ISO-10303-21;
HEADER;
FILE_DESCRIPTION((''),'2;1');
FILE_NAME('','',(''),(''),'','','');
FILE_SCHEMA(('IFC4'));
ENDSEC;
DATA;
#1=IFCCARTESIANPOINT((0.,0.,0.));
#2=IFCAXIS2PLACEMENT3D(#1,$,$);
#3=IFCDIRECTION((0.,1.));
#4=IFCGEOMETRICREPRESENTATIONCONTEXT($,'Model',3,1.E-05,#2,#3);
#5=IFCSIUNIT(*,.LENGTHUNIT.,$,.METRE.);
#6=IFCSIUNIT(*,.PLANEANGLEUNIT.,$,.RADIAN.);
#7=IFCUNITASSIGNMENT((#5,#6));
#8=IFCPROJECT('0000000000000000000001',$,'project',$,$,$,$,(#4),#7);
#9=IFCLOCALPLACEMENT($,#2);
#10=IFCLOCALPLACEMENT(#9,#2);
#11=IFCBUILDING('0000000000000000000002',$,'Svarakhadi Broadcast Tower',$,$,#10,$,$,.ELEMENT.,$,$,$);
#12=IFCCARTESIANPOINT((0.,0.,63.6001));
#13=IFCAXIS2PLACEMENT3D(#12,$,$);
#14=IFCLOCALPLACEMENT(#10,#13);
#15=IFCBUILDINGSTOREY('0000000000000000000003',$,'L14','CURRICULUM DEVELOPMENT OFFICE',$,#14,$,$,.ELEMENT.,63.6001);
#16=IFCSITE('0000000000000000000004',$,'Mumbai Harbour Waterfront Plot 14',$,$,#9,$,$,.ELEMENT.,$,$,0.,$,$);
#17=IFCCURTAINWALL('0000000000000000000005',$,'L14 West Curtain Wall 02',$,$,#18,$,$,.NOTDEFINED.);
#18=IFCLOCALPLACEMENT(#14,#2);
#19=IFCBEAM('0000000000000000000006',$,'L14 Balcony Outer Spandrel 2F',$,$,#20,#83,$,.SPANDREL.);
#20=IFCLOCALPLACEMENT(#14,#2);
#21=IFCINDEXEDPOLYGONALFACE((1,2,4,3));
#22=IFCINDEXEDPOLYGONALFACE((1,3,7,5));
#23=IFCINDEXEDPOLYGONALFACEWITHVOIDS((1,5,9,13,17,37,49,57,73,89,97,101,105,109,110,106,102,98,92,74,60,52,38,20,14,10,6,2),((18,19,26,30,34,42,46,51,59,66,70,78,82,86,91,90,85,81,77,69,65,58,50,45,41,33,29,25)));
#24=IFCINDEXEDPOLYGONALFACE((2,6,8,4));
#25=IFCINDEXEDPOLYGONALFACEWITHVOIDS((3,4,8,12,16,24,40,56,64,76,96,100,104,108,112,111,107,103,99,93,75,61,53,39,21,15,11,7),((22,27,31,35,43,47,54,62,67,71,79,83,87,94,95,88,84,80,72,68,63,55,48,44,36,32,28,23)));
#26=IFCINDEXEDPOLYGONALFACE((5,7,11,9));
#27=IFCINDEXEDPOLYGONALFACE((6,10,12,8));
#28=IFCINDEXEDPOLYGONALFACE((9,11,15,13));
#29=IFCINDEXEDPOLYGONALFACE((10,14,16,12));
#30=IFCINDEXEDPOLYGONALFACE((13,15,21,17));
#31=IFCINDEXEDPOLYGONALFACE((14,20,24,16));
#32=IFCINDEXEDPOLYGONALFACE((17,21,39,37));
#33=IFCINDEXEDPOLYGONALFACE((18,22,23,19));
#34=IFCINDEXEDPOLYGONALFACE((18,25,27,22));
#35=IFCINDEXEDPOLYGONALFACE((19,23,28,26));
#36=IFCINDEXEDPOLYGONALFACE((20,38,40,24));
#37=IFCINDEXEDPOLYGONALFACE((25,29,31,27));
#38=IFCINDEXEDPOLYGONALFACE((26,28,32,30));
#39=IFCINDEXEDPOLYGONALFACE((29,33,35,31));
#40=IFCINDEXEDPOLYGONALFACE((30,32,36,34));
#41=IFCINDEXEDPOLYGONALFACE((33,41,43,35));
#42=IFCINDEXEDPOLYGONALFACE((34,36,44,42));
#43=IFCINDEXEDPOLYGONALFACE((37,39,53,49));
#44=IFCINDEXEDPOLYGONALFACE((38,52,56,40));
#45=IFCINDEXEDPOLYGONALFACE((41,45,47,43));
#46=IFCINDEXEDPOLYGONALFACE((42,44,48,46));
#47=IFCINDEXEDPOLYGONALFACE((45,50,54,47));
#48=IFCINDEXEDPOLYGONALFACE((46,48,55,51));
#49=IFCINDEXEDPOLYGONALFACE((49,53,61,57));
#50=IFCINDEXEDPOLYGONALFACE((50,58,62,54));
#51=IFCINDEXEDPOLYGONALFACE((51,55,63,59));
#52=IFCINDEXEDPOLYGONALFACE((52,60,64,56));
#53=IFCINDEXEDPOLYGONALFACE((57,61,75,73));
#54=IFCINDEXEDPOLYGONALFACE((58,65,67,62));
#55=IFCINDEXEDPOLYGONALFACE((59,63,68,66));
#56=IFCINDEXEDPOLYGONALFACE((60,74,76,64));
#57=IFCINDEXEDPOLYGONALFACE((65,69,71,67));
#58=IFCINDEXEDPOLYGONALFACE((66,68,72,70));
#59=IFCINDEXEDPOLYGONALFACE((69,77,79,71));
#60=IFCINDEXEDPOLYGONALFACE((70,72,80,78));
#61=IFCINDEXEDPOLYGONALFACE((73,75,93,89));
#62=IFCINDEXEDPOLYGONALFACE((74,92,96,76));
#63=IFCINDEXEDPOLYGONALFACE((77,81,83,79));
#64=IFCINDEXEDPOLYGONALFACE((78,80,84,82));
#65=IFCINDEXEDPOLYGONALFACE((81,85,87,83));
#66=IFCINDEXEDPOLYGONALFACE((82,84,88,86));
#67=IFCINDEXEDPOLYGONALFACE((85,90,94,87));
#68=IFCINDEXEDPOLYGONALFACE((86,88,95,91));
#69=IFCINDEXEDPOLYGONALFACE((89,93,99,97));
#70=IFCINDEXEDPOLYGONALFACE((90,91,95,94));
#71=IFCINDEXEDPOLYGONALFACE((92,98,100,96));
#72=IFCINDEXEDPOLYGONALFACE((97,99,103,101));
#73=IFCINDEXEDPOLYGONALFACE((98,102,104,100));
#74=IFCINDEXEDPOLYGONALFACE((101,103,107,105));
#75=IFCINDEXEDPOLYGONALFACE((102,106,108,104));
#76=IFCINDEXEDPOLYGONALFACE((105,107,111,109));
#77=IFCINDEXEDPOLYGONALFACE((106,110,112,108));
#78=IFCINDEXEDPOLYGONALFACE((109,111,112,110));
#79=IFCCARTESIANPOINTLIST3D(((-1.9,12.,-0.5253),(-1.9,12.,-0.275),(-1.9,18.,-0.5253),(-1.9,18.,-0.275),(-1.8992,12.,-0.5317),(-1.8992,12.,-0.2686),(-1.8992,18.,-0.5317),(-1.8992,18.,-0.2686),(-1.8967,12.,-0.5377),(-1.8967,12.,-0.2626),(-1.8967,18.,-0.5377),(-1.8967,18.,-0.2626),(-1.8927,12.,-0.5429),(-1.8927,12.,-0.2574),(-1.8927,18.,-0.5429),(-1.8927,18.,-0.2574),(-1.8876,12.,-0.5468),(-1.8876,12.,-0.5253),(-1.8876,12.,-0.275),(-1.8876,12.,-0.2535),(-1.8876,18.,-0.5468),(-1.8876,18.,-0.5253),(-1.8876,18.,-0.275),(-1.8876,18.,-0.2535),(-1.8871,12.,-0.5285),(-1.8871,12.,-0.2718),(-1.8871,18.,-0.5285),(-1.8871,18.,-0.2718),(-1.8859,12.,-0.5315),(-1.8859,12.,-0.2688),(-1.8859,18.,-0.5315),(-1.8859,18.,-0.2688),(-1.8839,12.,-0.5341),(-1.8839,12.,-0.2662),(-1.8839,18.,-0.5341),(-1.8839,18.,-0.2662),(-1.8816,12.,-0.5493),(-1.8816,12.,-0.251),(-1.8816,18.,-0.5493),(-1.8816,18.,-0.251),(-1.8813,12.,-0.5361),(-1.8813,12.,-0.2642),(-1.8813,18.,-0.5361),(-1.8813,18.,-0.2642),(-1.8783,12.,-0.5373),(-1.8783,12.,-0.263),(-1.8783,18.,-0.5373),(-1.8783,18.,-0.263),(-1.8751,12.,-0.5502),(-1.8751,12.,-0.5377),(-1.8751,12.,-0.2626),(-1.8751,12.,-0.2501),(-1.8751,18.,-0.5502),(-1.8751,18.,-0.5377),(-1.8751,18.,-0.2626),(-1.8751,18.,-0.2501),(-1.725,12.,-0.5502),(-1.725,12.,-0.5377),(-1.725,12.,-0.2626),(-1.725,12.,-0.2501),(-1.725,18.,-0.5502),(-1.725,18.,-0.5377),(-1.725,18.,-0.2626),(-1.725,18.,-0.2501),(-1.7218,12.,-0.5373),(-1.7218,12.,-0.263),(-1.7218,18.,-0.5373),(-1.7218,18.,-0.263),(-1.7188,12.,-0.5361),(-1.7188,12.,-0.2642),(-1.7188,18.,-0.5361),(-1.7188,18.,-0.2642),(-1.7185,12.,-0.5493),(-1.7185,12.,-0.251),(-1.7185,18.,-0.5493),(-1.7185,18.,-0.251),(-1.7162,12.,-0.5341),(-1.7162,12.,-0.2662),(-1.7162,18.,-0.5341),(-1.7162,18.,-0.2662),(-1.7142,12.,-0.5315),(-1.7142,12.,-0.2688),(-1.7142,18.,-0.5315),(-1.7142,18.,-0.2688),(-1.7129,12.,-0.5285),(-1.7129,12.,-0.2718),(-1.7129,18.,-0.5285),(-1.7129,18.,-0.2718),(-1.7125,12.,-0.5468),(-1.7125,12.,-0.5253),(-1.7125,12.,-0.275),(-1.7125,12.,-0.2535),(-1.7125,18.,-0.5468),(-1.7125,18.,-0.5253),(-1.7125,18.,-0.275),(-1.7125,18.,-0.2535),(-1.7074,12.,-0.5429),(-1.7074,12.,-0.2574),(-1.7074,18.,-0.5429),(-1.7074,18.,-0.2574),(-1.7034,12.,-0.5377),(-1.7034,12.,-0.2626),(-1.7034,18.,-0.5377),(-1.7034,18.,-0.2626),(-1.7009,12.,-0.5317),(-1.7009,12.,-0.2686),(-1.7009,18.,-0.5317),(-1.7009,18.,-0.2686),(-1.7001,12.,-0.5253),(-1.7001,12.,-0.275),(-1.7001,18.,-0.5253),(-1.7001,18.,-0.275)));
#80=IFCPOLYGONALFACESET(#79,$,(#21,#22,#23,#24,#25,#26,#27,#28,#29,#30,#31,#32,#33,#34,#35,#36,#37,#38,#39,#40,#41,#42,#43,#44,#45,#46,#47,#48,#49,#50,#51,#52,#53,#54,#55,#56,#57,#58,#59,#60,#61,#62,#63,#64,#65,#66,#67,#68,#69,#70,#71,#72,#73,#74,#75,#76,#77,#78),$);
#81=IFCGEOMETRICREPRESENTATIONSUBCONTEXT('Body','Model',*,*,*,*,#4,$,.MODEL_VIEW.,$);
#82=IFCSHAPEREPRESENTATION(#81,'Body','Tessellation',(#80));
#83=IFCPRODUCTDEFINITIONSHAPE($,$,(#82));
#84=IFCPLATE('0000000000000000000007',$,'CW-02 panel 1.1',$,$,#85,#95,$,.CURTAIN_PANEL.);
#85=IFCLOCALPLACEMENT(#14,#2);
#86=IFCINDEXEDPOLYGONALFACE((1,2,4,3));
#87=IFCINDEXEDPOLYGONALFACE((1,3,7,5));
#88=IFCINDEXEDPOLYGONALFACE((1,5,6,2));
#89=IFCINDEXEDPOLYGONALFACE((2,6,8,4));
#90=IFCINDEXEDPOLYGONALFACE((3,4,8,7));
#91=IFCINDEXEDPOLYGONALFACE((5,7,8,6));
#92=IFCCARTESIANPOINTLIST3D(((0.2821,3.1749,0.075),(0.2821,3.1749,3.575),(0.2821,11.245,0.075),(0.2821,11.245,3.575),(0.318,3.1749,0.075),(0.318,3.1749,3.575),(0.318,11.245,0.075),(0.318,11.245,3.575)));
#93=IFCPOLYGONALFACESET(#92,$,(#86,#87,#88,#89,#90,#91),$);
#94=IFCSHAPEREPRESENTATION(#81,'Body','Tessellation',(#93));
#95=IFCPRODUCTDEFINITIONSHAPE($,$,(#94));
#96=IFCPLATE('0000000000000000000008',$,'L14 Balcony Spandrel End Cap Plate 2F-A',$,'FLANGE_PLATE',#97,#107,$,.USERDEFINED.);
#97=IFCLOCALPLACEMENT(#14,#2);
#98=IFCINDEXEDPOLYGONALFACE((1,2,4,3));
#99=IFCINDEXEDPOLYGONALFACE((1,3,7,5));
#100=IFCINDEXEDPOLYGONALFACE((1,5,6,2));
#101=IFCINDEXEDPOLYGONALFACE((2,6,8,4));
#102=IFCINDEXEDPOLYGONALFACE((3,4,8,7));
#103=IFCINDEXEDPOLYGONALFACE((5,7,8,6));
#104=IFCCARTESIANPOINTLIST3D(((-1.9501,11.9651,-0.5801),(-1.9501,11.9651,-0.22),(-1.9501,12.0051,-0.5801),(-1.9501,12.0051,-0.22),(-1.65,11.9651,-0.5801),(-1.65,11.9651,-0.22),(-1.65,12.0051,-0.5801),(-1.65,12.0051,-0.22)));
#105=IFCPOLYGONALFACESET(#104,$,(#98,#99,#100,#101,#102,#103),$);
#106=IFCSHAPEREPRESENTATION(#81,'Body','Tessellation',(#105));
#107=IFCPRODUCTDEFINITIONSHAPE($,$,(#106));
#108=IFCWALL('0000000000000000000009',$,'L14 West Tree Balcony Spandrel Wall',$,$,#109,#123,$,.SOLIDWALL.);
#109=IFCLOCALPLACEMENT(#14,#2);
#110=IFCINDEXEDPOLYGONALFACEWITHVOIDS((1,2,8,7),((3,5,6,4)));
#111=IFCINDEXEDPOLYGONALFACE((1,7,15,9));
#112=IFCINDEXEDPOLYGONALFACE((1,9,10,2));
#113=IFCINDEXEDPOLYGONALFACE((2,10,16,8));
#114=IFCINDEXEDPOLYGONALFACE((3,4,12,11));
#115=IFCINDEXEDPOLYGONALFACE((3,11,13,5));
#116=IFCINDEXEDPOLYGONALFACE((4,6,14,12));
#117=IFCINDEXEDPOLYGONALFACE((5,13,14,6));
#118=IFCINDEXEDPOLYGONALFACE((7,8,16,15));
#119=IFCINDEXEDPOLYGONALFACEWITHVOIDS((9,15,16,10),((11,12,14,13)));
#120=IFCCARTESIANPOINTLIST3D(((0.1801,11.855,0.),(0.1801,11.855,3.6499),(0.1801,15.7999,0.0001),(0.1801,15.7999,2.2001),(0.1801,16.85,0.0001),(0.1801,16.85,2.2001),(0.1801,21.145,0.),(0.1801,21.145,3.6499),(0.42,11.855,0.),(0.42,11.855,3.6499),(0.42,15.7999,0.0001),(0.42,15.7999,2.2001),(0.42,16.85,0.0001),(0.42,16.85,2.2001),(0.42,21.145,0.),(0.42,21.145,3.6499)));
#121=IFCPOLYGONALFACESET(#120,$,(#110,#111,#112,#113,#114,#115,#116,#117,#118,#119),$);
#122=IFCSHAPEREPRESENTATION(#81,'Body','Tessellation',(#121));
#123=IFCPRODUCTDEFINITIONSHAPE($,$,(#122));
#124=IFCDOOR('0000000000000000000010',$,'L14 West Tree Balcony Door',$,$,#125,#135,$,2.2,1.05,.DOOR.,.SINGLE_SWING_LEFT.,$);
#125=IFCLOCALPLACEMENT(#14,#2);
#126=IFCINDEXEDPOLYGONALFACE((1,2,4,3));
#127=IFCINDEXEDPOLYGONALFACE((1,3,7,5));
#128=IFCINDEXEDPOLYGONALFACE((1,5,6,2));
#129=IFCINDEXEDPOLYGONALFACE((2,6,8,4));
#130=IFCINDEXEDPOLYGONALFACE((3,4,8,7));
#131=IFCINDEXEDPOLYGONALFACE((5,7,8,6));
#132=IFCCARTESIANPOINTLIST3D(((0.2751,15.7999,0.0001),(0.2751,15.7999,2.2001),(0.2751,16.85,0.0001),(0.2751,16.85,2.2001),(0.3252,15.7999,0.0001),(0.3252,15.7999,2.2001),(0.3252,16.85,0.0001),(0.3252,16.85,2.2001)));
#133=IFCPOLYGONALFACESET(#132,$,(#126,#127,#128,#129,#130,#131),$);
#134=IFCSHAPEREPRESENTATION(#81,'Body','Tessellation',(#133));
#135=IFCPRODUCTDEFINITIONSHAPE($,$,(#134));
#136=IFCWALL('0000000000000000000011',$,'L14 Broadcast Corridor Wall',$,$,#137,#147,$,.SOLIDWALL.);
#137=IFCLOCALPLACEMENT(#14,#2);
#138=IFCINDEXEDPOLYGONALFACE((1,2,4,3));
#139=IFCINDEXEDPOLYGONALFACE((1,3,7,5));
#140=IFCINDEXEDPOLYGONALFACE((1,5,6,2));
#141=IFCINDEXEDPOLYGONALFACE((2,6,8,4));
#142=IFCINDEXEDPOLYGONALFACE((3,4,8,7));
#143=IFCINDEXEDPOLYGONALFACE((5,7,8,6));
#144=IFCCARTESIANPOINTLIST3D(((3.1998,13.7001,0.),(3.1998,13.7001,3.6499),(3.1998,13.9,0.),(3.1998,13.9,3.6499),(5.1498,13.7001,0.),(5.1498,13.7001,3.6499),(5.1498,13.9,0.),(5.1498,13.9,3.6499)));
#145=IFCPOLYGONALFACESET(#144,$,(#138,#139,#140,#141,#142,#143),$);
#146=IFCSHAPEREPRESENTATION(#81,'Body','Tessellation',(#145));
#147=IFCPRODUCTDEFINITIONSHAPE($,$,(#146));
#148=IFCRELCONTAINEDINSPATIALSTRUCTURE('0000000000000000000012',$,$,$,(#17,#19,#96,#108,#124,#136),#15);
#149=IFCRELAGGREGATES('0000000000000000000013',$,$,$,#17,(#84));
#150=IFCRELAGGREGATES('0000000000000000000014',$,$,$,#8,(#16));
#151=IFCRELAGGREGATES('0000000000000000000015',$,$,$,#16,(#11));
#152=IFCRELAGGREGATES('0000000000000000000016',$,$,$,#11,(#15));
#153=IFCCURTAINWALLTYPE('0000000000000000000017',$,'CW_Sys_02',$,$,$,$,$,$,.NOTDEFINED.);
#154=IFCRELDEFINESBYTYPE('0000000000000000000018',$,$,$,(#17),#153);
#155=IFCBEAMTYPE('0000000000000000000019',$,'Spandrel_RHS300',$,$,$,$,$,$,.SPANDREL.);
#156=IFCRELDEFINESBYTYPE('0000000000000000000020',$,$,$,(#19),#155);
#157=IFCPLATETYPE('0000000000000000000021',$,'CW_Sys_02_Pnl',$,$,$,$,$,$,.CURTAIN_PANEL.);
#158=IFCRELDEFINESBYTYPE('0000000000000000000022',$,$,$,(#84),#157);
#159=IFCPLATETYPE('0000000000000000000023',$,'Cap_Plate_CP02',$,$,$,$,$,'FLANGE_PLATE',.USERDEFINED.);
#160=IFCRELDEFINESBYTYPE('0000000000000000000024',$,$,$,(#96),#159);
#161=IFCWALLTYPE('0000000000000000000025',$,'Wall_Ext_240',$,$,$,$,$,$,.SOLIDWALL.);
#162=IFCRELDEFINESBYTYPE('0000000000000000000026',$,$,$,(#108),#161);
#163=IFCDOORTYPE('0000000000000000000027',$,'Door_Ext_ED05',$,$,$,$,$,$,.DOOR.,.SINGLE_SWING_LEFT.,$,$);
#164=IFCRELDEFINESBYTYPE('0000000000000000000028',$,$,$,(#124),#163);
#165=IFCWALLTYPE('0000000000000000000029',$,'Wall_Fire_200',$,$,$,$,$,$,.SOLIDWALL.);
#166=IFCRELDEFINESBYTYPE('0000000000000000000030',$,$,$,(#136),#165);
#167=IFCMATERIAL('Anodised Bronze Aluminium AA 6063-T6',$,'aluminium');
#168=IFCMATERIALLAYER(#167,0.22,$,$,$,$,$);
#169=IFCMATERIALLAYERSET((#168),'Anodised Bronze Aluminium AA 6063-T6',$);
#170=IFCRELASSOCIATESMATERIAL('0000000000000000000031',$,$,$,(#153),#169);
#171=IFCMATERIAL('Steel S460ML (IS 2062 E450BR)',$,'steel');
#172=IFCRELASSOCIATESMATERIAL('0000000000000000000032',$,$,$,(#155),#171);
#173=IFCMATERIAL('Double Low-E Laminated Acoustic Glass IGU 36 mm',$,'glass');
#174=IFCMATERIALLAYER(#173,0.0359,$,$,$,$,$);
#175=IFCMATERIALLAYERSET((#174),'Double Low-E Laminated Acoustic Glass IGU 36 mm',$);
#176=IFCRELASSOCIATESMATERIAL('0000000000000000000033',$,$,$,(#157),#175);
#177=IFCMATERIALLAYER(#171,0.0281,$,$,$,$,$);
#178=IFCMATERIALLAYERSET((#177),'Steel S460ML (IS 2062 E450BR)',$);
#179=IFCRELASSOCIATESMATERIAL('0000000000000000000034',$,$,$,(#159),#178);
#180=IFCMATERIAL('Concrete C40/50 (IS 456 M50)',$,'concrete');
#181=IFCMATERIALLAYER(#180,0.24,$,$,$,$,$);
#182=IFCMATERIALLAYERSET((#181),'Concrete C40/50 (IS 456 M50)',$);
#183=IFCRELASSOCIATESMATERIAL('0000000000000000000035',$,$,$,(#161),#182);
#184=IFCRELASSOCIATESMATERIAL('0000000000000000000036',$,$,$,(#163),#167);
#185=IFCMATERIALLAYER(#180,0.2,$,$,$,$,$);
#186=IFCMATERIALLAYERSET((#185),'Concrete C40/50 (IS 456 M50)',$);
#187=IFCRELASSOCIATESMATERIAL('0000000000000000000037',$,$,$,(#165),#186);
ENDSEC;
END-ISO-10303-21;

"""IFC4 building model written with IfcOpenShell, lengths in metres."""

from ifc_helpers import new_model, si_unit, direction, frame, frame_2d, origin, origin_2d, place, context, subcontext, project, spatial, rectangle, hollow_rectangle, extrude, material, layer, layer_set, material_profile, profile_set, type_object, element, fill, aggregate, save


model = new_model("IFC4")

# Units and contexts
model_context = context("Model", 3, precision=1e-05, world=origin(), true_north=direction((0.0, 1.0)))
body_context = subcontext(model_context, "Body", "Model", "MODEL_VIEW")
ifc_project = project(units=[si_unit("LENGTHUNIT", "METRE"), si_unit("PLANEANGLEUNIT", "RADIAN")], contexts=[model_context])

# Site, building, storey
site_placement = place(None, origin())
site = spatial("IfcSite", under=ifc_project, at=site_placement, Name="Mumbai Harbour Waterfront Plot 14", CompositionType="ELEMENT", RefElevation=0.0)
building_placement = place(site_placement, origin())
building = spatial("IfcBuilding", under=site, at=building_placement, Name="Svarakhadi Broadcast Tower", CompositionType="ELEMENT")
storey_placement = place(building_placement, frame((0.0, 0.0, 63.6001)))
storey = spatial("IfcBuildingStorey", under=building, at=storey_placement, Name="L14", Description="CURRICULUM DEVELOPMENT OFFICE", CompositionType="ELEMENT", Elevation=63.6001)

# Shared definitions
ifc_material_1 = material(Name="Steel S460ML (IS 2062 E450BR)", Category="steel")

# Curtain wall
ifc_material_2 = material(Name="Anodised Bronze Aluminium AA 6063-T6", Category="aluminium")
ifc_layer_1 = layer(ifc_material_2, 0.22)
ifc_layer_set_1 = layer_set([ifc_layer_1], Name="Anodised Bronze Aluminium AA 6063-T6")
curtain_wall_type = type_object("IfcCurtainWallType", Name="CW_Sys_02", PredefinedType="NOTDEFINED", material=ifc_layer_set_1)
curtain_wall_placement = place(storey_placement, origin())
curtain_wall = element("IfcCurtainWall", 1, at=curtain_wall_placement, inside=storey, type_object=curtain_wall_type, Name="L14 West Curtain Wall 02", PredefinedType="NOTDEFINED")

# Beam
ifc_material_profile_1 = material_profile(ifc_material_1, hollow_rectangle(XDim=0.2, YDim=0.3, WallThickness=0.0125, InnerFilletRadius=0.0125, OuterFilletRadius=0.0249, at=origin_2d()), Name="RHS 300x200x12.5")
ifc_profile_set_1 = profile_set([ifc_material_profile_1], Name="Steel S460ML (IS 2062 E450BR)")
beam_type_1 = type_object("IfcBeamType", Name="Spandrel_RHS300", PredefinedType="SPANDREL", material=ifc_profile_set_1)
beam_1_placement = place(storey_placement, frame((-1.8, 12.0, -0.4001), z_axis=(0.0, 1.0, 0.0), x_axis=(-1.0, 0.0, 0.0)))
element("IfcBeam", 2, at=beam_1_placement, inside=storey, type_object=beam_type_1, Name="L14 Balcony Outer Spandrel 2F", PredefinedType="SPANDREL", context=body_context, shape_type="SweptSolid", body=[
    extrude(hollow_rectangle(XDim=0.2, YDim=0.3, WallThickness=0.0125, InnerFilletRadius=0.0125, OuterFilletRadius=0.0249, at=origin_2d()), origin(), (0.0, 0.0, 1.0), 6.0),
])

# Plates
ifc_material_3 = material(Name="Double Low-E Laminated Acoustic Glass IGU 36 mm", Category="glass")
ifc_layer_2 = layer(ifc_material_3, 0.0359)
ifc_layer_set_2 = layer_set([ifc_layer_2], Name="Double Low-E Laminated Acoustic Glass IGU 36 mm")
plate_type_1 = type_object("IfcPlateType", Name="CW_Sys_02_Pnl", PredefinedType="CURTAIN_PANEL", material=ifc_layer_set_2)
plate_1_placement = place(storey_placement, frame((0.3, 7.21, 0.075), z_axis=(0.0, 0.0, 1.0), x_axis=(0.0, 1.0, 0.0)))
plate_1 = element("IfcPlate", 3, at=plate_1_placement, type_object=plate_type_1, Name="CW-02 panel 1.1", PredefinedType="CURTAIN_PANEL", context=body_context, shape_type="SweptSolid", body=[
    extrude(rectangle(XDim=8.0701, YDim=0.0359, at=origin_2d()), origin(), (0.0, 0.0, 1.0), 3.5),
])
aggregate(curtain_wall, [plate_1])
ifc_layer_3 = layer(ifc_material_1, 0.0281)
ifc_layer_set_3 = layer_set([ifc_layer_3], Name="Steel S460ML (IS 2062 E450BR)")
plate_type_2 = type_object("IfcPlateType", Name="Cap_Plate_CP02", ElementType="FLANGE_PLATE", PredefinedType="USERDEFINED", material=ifc_layer_set_3)
plate_2_placement = place(storey_placement, frame((-1.8, 11.9851, -0.5801), z_axis=(0.0, 0.0, 1.0), x_axis=(1.0, 0.0, 0.0)))
element("IfcPlate", 4, at=plate_2_placement, inside=storey, type_object=plate_type_2, Name="L14 Balcony Spandrel End Cap Plate 2F-A", ObjectType="FLANGE_PLATE", PredefinedType="USERDEFINED", context=body_context, shape_type="SweptSolid", body=[
    extrude(rectangle(XDim=0.3, YDim=0.04, at=origin_2d()), origin(), (0.0, 0.0, 1.0), 0.3601),
])

# Wall, opening, door
ifc_material_4 = material(Name="Concrete C40/50 (IS 456 M50)", Category="concrete")
ifc_layer_4 = layer(ifc_material_4, 0.24)
ifc_layer_set_4 = layer_set([ifc_layer_4], Name="Concrete C40/50 (IS 456 M50)")
wall_type_1 = type_object("IfcWallType", Name="Wall_Ext_240", PredefinedType="SOLIDWALL", material=ifc_layer_set_4)
wall_1_placement = place(storey_placement, frame((0.3, 11.855, 0.0), z_axis=(0.0, 0.0, 1.0), x_axis=(0.0, 1.0, 0.0)))
wall_1 = element("IfcWall", 5, at=wall_1_placement, inside=storey, type_object=wall_type_1, Name="L14 West Tree Balcony Spandrel Wall", PredefinedType="SOLIDWALL", context=body_context, shape_type="SweptSolid", body=[
    extrude(rectangle(XDim=9.29, YDim=0.24, at=frame_2d((4.645, 0.0))), origin(), (0.0, 0.0, 1.0), 3.6499),
])
opening_1_placement = place(wall_1_placement, frame((3.9451, 0.0, 0.0)))
opening_1 = element("IfcOpeningElement", 6, at=opening_1_placement, cuts=wall_1, PredefinedType="OPENING", context=body_context, shape_type="SweptSolid", body=[
    extrude(rectangle(XDim=1.05, YDim=2.2, at=frame_2d((0.5249, 1.1001))), frame((0.0, 0.1299, 0.0), z_axis=(0.0, -1.0, 0.0), x_axis=(1.0, 0.0, 0.0)), (0.0, 0.0, 1.0), 0.26),
])
door_type_1 = type_object("IfcDoorType", Name="Door_Ext_ED05", OperationType="SINGLE_SWING_LEFT", PredefinedType="DOOR", material=ifc_material_2)
door_1_placement = place(opening_1_placement, origin())
door_1 = element("IfcDoor", 7, at=door_1_placement, inside=storey, type_object=door_type_1, Name="L14 West Tree Balcony Door", OperationType="SINGLE_SWING_LEFT", OverallHeight=2.2, OverallWidth=1.05, PredefinedType="DOOR", context=body_context, shape_type="SweptSolid", body=[
    extrude(rectangle(XDim=1.05, YDim=2.2, at=frame_2d((0.5249, 1.1001))), frame((0.0, 0.0249, 0.0), z_axis=(0.0, -1.0, 0.0), x_axis=(1.0, 0.0, 0.0)), (0.0, 0.0, 1.0), 0.05),
])
fill(opening_1, door_1)

# Wall
ifc_layer_5 = layer(ifc_material_4, 0.2)
ifc_layer_set_5 = layer_set([ifc_layer_5], Name="Concrete C40/50 (IS 456 M50)")
wall_type_2 = type_object("IfcWallType", Name="Wall_Fire_200", PredefinedType="SOLIDWALL", material=ifc_layer_set_5)
wall_2_placement = place(storey_placement, frame((5.1499, 13.8, 0.0), z_axis=(0.0, 0.0, 1.0), x_axis=(-1.0, 0.0, 0.0)))
element("IfcWall", 8, at=wall_2_placement, inside=storey, type_object=wall_type_2, Name="L14 Broadcast Corridor Wall", PredefinedType="SOLIDWALL", context=body_context, shape_type="SweptSolid", body=[
    extrude(rectangle(XDim=1.95, YDim=0.2, at=frame_2d((0.9751, 0.0))), origin(), (0.0, 0.0, 1.0), 3.6499),
])

save(model, "model.ifc")
